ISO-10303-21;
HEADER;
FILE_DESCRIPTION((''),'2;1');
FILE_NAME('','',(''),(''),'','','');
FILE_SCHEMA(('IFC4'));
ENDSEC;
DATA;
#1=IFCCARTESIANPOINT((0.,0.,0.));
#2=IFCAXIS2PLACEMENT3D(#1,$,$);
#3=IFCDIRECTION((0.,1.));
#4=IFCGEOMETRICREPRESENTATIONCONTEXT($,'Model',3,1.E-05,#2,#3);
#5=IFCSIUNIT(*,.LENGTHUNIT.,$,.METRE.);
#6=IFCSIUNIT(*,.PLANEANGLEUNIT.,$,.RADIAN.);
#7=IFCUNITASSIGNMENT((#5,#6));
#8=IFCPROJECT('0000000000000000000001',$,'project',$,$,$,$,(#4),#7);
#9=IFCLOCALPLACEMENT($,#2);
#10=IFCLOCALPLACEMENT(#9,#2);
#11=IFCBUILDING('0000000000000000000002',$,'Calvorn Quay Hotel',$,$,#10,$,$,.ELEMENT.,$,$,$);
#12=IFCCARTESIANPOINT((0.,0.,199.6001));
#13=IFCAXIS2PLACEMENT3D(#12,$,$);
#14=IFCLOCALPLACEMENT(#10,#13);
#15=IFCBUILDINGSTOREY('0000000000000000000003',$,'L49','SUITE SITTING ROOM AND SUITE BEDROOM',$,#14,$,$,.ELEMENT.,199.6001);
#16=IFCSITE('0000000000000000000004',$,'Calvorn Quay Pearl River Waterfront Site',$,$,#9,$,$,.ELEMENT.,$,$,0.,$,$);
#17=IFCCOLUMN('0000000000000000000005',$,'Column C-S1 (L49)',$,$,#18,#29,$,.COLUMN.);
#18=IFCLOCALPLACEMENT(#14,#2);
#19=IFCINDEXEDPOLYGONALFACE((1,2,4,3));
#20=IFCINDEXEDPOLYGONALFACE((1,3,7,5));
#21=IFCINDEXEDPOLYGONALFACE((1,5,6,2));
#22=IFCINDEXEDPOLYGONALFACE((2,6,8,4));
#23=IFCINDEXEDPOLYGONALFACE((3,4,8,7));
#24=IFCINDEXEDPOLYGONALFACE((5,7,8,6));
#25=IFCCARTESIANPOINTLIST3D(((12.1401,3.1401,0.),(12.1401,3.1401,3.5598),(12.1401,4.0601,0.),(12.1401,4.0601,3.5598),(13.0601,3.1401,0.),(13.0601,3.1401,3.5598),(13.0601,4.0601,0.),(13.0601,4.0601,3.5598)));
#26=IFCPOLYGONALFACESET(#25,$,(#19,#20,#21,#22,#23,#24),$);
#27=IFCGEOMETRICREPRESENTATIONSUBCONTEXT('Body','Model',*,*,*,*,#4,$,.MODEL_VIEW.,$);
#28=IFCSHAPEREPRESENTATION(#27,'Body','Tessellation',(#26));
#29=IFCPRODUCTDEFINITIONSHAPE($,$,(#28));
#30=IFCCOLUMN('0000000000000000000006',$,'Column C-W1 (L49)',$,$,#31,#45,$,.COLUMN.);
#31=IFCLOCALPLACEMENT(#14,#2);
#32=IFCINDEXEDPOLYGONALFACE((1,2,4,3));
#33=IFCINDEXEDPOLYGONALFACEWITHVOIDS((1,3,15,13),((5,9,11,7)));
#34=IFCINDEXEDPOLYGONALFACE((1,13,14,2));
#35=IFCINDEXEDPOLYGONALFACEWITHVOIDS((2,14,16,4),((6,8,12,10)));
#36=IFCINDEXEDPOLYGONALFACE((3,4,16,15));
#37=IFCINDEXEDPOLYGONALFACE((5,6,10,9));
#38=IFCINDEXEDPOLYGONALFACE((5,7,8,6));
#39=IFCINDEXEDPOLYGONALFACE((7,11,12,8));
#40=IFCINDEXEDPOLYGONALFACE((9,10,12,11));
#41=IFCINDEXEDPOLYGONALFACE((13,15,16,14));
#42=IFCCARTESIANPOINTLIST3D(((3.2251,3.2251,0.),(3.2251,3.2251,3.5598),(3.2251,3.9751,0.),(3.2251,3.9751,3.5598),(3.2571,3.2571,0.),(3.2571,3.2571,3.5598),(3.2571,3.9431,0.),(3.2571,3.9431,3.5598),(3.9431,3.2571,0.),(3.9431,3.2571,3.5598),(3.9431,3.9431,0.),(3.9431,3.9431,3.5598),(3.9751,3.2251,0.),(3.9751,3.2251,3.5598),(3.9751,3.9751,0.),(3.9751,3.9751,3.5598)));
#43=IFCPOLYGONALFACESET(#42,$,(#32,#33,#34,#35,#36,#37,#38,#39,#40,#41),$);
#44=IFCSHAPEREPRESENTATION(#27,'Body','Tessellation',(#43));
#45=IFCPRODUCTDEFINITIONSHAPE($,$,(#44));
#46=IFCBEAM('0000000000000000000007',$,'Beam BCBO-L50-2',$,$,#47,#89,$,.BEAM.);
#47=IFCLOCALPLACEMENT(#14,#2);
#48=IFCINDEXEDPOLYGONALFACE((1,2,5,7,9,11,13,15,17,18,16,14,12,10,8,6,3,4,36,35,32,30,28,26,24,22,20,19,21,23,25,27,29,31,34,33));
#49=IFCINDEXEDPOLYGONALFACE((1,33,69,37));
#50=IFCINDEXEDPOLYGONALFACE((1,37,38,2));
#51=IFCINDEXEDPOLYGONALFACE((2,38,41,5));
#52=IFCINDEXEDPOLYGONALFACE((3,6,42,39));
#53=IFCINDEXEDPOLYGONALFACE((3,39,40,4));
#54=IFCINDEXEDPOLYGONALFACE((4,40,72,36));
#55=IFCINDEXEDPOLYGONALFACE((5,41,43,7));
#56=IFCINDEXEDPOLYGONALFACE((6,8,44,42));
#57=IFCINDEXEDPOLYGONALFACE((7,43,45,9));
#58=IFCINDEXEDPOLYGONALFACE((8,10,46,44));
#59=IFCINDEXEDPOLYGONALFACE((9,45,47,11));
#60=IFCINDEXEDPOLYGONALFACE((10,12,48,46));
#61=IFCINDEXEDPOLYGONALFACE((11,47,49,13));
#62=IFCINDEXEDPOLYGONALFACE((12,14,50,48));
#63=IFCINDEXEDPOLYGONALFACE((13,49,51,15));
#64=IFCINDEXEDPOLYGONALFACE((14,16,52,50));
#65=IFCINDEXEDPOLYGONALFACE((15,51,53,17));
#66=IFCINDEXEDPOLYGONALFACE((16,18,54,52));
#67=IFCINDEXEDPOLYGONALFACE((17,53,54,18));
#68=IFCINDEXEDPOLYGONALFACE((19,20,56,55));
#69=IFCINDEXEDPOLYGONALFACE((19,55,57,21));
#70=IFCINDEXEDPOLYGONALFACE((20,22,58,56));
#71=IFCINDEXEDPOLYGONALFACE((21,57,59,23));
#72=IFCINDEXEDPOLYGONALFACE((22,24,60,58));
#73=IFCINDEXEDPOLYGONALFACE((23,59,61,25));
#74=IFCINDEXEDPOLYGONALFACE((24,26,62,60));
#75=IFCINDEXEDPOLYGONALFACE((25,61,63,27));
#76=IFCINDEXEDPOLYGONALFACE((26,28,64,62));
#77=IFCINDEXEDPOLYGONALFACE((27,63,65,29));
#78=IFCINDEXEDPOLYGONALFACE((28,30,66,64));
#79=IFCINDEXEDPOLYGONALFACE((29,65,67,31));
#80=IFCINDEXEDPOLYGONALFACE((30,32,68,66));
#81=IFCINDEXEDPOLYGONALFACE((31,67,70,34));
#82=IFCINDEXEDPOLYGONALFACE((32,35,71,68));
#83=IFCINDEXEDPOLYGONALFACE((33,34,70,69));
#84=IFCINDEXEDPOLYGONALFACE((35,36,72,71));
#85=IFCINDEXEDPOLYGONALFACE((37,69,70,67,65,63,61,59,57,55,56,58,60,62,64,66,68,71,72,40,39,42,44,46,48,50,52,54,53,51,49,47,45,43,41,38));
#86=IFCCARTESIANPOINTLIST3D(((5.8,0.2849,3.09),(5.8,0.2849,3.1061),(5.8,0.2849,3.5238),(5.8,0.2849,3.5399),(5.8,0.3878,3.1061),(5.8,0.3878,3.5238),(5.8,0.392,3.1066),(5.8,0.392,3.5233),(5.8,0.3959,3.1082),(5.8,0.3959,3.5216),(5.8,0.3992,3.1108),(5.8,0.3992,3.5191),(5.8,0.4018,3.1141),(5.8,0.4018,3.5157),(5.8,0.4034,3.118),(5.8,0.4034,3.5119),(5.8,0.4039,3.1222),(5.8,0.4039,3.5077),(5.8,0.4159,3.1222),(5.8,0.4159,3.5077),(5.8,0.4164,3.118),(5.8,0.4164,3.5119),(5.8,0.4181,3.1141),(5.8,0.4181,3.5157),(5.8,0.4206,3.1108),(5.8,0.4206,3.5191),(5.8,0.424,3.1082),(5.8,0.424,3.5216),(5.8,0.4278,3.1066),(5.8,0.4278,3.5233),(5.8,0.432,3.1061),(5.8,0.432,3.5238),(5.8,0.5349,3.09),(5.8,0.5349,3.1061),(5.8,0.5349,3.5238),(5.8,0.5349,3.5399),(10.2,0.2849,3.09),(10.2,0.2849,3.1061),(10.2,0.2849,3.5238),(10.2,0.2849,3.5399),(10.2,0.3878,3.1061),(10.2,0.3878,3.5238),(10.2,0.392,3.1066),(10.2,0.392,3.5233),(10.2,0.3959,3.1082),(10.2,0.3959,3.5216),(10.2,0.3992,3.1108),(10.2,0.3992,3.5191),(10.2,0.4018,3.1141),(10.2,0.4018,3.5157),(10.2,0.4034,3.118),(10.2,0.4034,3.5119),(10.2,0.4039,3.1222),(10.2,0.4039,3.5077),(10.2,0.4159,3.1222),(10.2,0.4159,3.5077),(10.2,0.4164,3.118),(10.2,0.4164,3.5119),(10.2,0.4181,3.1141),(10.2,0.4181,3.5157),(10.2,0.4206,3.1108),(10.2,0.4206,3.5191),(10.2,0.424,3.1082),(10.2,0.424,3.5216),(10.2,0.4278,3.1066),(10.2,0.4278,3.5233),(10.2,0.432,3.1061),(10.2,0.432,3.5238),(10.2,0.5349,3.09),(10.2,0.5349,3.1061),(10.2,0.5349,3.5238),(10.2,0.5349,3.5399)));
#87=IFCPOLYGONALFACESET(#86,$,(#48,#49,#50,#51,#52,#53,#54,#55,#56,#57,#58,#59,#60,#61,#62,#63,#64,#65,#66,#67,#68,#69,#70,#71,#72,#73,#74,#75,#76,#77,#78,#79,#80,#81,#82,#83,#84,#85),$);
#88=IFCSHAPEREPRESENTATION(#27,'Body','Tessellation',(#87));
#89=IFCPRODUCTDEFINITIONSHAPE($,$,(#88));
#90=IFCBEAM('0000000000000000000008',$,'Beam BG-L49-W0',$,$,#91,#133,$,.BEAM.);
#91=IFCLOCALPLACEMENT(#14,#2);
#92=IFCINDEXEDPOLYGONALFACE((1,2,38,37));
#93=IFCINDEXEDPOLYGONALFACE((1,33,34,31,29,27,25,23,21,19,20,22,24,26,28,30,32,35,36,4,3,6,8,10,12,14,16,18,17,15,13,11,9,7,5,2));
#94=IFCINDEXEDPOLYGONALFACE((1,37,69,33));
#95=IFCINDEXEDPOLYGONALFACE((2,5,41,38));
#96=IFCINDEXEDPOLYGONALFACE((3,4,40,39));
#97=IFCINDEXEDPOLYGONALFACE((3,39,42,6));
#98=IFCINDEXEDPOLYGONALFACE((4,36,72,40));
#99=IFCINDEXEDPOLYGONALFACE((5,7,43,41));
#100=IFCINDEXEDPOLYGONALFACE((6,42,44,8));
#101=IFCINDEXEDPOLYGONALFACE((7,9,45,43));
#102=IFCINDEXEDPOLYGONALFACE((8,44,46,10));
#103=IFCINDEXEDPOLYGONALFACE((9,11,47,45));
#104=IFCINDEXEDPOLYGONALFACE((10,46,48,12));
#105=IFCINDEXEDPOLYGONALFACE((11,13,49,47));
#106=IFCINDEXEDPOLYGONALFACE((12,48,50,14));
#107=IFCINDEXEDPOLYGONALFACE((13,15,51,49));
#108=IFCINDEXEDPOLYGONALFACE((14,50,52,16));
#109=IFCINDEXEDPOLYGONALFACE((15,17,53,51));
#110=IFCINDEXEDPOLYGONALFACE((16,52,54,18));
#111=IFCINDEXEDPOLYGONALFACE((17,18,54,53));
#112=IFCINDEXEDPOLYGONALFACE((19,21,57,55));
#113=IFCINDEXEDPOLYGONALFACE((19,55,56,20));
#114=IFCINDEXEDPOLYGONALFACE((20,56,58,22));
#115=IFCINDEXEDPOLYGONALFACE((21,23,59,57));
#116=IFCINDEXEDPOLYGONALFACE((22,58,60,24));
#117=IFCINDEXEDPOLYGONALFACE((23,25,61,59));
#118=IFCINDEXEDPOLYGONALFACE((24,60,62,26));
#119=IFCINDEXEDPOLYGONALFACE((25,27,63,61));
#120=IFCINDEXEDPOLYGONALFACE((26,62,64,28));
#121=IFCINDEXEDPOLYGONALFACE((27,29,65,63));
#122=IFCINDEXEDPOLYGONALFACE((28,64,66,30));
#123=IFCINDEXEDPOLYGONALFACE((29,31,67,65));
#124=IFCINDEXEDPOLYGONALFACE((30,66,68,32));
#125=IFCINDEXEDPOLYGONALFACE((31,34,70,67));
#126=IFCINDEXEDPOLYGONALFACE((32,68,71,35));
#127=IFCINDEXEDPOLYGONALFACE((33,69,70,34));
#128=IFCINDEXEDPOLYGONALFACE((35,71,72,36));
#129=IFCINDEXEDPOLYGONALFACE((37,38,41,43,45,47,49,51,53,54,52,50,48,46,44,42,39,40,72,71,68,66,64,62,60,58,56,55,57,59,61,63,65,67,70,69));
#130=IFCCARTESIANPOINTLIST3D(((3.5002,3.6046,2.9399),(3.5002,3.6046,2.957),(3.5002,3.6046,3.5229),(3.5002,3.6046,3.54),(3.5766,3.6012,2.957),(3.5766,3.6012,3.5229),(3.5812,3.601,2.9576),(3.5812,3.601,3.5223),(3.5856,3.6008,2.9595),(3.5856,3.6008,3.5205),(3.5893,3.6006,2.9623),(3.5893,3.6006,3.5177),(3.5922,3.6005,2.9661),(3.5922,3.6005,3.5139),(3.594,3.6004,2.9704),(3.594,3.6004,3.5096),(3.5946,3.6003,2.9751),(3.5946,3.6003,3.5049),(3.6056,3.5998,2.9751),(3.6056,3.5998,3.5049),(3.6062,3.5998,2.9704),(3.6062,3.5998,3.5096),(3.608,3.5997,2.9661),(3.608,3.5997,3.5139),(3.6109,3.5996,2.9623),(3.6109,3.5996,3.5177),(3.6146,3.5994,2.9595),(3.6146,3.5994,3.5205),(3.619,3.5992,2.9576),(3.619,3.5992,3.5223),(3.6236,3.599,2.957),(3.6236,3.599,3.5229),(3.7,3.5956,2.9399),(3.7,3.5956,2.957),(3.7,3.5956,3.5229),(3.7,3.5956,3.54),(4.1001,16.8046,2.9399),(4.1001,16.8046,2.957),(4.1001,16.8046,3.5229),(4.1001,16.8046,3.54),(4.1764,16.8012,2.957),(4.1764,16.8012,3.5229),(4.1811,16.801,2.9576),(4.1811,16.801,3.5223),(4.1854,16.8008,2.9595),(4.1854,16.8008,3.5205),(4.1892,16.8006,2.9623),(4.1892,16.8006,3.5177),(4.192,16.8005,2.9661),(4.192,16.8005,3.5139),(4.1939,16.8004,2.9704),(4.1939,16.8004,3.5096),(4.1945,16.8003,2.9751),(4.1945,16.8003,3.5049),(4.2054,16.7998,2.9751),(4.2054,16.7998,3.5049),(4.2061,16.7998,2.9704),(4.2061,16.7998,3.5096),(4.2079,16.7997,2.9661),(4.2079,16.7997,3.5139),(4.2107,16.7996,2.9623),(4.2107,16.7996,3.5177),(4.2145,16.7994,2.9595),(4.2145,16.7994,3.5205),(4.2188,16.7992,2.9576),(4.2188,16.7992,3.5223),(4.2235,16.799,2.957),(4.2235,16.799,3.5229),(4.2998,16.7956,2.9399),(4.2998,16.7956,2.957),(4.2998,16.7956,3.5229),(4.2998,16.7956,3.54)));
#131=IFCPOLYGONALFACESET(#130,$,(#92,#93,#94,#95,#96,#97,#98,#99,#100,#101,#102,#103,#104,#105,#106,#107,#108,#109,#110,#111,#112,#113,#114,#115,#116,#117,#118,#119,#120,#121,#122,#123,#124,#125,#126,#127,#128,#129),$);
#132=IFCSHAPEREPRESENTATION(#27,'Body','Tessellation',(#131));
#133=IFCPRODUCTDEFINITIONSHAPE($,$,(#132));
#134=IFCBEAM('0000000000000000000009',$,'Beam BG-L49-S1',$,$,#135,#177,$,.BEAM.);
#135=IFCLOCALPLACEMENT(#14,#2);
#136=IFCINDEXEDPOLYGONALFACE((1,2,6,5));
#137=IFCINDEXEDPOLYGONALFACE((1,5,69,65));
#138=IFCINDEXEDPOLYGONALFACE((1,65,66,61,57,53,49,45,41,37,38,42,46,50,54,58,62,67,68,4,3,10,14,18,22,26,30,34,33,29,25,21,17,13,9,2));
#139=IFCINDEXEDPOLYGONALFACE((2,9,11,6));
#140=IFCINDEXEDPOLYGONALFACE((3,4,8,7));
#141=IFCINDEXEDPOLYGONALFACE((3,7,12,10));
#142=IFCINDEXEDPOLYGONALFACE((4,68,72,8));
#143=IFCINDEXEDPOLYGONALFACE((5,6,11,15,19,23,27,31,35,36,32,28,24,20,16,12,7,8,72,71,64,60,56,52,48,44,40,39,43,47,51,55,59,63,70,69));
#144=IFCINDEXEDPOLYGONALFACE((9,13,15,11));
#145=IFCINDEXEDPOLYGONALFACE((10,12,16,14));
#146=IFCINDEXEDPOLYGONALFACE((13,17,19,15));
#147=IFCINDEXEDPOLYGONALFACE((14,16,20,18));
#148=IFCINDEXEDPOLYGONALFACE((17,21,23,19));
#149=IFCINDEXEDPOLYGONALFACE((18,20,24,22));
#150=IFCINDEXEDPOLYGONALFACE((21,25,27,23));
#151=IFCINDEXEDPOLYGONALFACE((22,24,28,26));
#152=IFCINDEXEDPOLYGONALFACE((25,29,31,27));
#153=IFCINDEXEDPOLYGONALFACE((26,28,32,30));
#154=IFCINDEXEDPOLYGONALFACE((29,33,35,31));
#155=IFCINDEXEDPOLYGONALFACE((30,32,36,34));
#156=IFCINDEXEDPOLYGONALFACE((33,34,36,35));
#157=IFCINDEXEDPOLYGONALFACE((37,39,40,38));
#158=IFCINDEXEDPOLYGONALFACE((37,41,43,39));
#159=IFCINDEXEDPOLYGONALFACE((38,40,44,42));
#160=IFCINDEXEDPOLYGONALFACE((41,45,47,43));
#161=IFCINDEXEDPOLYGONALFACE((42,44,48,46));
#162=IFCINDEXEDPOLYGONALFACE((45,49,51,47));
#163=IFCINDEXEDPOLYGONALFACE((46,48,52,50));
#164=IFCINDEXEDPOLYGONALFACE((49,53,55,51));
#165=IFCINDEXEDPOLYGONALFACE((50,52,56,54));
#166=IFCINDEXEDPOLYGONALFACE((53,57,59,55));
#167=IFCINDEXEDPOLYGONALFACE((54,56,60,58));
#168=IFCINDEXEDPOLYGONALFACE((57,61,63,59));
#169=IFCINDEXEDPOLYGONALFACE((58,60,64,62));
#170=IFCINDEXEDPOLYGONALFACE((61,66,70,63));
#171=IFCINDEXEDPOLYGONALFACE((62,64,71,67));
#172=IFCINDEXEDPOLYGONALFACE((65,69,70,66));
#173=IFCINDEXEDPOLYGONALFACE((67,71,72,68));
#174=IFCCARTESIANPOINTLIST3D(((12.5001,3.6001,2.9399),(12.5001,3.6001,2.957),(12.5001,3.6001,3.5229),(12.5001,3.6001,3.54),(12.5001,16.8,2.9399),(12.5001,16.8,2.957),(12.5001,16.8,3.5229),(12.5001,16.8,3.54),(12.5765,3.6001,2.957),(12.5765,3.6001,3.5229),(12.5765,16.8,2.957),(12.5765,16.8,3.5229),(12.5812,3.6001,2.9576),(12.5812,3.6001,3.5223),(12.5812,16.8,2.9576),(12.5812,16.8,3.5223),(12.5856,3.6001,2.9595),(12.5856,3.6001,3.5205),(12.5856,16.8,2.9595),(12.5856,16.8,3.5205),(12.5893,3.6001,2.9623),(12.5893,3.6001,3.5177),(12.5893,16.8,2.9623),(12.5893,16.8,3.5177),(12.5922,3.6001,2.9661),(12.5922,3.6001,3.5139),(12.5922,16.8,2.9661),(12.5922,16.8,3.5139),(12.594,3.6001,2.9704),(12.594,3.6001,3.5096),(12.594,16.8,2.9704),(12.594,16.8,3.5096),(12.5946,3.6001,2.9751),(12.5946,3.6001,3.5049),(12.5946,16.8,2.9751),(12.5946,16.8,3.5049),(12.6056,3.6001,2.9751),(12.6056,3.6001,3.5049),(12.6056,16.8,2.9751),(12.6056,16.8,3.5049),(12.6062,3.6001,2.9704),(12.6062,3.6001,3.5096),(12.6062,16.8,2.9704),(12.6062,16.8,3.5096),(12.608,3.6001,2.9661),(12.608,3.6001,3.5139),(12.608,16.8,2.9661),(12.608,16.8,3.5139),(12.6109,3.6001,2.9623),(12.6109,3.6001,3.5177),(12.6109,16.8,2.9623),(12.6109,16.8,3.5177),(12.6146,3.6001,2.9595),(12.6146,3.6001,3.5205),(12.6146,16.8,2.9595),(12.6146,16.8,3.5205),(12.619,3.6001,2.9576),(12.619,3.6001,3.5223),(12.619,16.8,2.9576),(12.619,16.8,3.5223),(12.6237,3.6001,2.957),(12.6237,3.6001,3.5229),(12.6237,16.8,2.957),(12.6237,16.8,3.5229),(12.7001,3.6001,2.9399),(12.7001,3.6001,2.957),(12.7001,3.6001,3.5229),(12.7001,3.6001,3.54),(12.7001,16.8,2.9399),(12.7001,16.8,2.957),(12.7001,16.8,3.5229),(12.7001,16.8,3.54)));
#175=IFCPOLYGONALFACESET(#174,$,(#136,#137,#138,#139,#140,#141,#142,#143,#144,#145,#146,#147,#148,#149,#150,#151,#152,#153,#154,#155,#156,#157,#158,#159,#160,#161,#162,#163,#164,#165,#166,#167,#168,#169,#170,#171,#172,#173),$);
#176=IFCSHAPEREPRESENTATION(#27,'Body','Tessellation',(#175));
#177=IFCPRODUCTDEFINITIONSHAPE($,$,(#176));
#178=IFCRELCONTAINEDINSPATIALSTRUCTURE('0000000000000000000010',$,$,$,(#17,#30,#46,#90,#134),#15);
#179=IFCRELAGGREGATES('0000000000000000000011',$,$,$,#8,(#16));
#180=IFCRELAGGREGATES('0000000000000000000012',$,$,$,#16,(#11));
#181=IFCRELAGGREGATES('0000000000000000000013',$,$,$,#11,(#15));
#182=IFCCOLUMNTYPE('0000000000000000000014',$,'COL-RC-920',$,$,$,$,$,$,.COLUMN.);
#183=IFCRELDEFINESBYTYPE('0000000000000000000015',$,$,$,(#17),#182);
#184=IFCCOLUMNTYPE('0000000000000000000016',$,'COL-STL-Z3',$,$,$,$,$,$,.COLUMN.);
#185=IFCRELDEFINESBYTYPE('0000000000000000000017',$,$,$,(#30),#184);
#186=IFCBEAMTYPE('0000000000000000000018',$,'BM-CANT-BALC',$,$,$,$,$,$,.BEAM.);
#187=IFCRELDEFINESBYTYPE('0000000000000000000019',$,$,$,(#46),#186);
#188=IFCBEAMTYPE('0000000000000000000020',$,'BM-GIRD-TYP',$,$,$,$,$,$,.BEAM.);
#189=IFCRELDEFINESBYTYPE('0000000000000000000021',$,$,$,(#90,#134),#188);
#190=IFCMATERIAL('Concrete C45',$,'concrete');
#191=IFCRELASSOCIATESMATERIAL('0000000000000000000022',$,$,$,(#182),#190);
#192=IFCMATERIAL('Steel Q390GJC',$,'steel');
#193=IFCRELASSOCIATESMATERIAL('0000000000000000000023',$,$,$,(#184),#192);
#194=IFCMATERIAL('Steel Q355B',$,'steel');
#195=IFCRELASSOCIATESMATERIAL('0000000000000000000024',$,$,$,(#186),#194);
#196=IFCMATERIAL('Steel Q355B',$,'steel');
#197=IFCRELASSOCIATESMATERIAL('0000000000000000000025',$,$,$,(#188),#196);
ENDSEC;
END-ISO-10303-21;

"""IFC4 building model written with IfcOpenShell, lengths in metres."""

from ifc_helpers import new_model, si_unit, direction, frame, origin, origin_2d, place, context, subcontext, project, spatial, rectangle, hollow_rectangle, i_section, extrude, material, material_profile, profile_set, type_object, element, save


model = new_model("IFC4")

# Units and contexts
model_context = context("Model", 3, precision=1e-05, world=origin(), true_north=direction((0.0, 1.0)))
body_context = subcontext(model_context, "Body", "Model", "MODEL_VIEW")
ifc_project = project(units=[si_unit("LENGTHUNIT", "METRE"), si_unit("PLANEANGLEUNIT", "RADIAN")], contexts=[model_context])

# Site, building, storey
site_placement = place(None, origin())
site = spatial("IfcSite", under=ifc_project, at=site_placement, Name="Calvorn Quay Pearl River Waterfront Site", CompositionType="ELEMENT", RefElevation=0.0)
building_placement = place(site_placement, origin())
building = spatial("IfcBuilding", under=site, at=building_placement, Name="Calvorn Quay Hotel", CompositionType="ELEMENT")
storey_placement = place(building_placement, frame((0.0, 0.0, 199.6001)))
storey = spatial("IfcBuildingStorey", under=building, at=storey_placement, Name="L49", Description="SUITE SITTING ROOM AND SUITE BEDROOM", CompositionType="ELEMENT", Elevation=199.6001)

# Columns
ifc_material_1 = material(Name="Concrete C45", Category="concrete")
ifc_material_profile_1 = material_profile(ifc_material_1, rectangle(XDim=0.9199, YDim=0.9199, at=origin_2d()), Name="RC920x920")
ifc_profile_set_1 = profile_set([ifc_material_profile_1], Name="Concrete C45")
column_type_1 = type_object("IfcColumnType", Name="COL-RC-920", PredefinedType="COLUMN", material=ifc_profile_set_1)
column_1_placement = place(storey_placement, frame((12.6001, 3.6001, 0.0), z_axis=(0.0, 0.0, 1.0), x_axis=(1.0, 0.0, 0.0)))
element("IfcColumn", 1, at=column_1_placement, inside=storey, type_object=column_type_1, Name="Column C-S1 (L49)", PredefinedType="COLUMN", context=body_context, shape_type="SweptSolid", body=[
    extrude(rectangle(XDim=0.9199, YDim=0.9199, at=origin_2d()), origin(), (0.0, 0.0, 1.0), 3.5598),
])
ifc_material_2 = material(Name="Steel Q390GJC", Category="steel")
ifc_material_profile_2 = material_profile(ifc_material_2, hollow_rectangle(XDim=0.75, YDim=0.75, WallThickness=0.032, at=origin_2d()), Name="BOX750x750x32")
ifc_profile_set_2 = profile_set([ifc_material_profile_2], Name="Steel Q390GJC")
column_type_2 = type_object("IfcColumnType", Name="COL-STL-Z3", PredefinedType="COLUMN", material=ifc_profile_set_2)
column_2_placement = place(storey_placement, frame((3.6001, 3.6001, 0.0), z_axis=(0.0, 0.0, 1.0), x_axis=(1.0, 0.0, 0.0)))
element("IfcColumn", 2, at=column_2_placement, inside=storey, type_object=column_type_2, Name="Column C-W1 (L49)", PredefinedType="COLUMN", context=body_context, shape_type="SweptSolid", body=[
    extrude(hollow_rectangle(XDim=0.75, YDim=0.75, WallThickness=0.032, at=origin_2d()), origin(), (0.0, 0.0, 1.0), 3.5598),
])

# Beams
ifc_material_3 = material(Name="Steel Q355B", Category="steel")
ifc_material_profile_3 = material_profile(ifc_material_3, i_section(OverallWidth=0.25, OverallDepth=0.45, WebThickness=0.012, FlangeThickness=0.0161, FilletRadius=0.0161, at=origin_2d()), Name="HN450x250x12x16")
ifc_profile_set_3 = profile_set([ifc_material_profile_3], Name="Steel Q355B")
beam_type_1 = type_object("IfcBeamType", Name="BM-CANT-BALC", PredefinedType="BEAM", material=ifc_profile_set_3)
beam_1_placement = place(storey_placement, frame((5.8, 0.4099, 3.3149), z_axis=(1.0, 0.0, 0.0), x_axis=(0.0, 1.0, 0.0)))
element("IfcBeam", 3, at=beam_1_placement, inside=storey, type_object=beam_type_1, Name="Beam BCBO-L50-2", PredefinedType="BEAM", context=body_context, shape_type="SweptSolid", body=[
    extrude(i_section(OverallWidth=0.25, OverallDepth=0.45, WebThickness=0.012, FlangeThickness=0.0161, FilletRadius=0.0161, at=origin_2d()), origin(), (0.0, 0.0, 1.0), 4.3999),
])
ifc_material_4 = material(Name="Steel Q355B", Category="steel")
ifc_material_profile_4 = material_profile(ifc_material_4, i_section(OverallWidth=0.2, OverallDepth=0.6001, WebThickness=0.011, FlangeThickness=0.0171, FilletRadius=0.0181, at=origin_2d()), Name="HN600x200x11x17")
ifc_profile_set_4 = profile_set([ifc_material_profile_4], Name="Steel Q355B")
beam_type_2 = type_object("IfcBeamType", Name="BM-GIRD-TYP", PredefinedType="BEAM", material=ifc_profile_set_4)
beam_2_placement = place(storey_placement, frame((3.6001, 3.6001, 3.24), z_axis=(0.045397, 0.998969, 0.0), x_axis=(-0.998969, 0.045397, 0.0)))
element("IfcBeam", 4, at=beam_2_placement, inside=storey, type_object=beam_type_2, Name="Beam BG-L49-W0", PredefinedType="BEAM", context=body_context, shape_type="SweptSolid", body=[
    extrude(i_section(OverallWidth=0.2, OverallDepth=0.6001, WebThickness=0.011, FlangeThickness=0.0171, FilletRadius=0.0181, at=origin_2d()), origin(), (0.0, 0.0, 1.0), 13.2136),
])
beam_3_placement = place(storey_placement, frame((12.6001, 3.6001, 3.24), z_axis=(0.0, 1.0, 0.0), x_axis=(-1.0, 0.0, 0.0)))
element("IfcBeam", 5, at=beam_3_placement, inside=storey, type_object=beam_type_2, Name="Beam BG-L49-S1", PredefinedType="BEAM", context=body_context, shape_type="SweptSolid", body=[
    extrude(i_section(OverallWidth=0.2, OverallDepth=0.6001, WebThickness=0.011, FlangeThickness=0.0171, FilletRadius=0.0181, at=origin_2d()), origin(), (0.0, 0.0, 1.0), 13.2),
])

save(model, "model.ifc")
